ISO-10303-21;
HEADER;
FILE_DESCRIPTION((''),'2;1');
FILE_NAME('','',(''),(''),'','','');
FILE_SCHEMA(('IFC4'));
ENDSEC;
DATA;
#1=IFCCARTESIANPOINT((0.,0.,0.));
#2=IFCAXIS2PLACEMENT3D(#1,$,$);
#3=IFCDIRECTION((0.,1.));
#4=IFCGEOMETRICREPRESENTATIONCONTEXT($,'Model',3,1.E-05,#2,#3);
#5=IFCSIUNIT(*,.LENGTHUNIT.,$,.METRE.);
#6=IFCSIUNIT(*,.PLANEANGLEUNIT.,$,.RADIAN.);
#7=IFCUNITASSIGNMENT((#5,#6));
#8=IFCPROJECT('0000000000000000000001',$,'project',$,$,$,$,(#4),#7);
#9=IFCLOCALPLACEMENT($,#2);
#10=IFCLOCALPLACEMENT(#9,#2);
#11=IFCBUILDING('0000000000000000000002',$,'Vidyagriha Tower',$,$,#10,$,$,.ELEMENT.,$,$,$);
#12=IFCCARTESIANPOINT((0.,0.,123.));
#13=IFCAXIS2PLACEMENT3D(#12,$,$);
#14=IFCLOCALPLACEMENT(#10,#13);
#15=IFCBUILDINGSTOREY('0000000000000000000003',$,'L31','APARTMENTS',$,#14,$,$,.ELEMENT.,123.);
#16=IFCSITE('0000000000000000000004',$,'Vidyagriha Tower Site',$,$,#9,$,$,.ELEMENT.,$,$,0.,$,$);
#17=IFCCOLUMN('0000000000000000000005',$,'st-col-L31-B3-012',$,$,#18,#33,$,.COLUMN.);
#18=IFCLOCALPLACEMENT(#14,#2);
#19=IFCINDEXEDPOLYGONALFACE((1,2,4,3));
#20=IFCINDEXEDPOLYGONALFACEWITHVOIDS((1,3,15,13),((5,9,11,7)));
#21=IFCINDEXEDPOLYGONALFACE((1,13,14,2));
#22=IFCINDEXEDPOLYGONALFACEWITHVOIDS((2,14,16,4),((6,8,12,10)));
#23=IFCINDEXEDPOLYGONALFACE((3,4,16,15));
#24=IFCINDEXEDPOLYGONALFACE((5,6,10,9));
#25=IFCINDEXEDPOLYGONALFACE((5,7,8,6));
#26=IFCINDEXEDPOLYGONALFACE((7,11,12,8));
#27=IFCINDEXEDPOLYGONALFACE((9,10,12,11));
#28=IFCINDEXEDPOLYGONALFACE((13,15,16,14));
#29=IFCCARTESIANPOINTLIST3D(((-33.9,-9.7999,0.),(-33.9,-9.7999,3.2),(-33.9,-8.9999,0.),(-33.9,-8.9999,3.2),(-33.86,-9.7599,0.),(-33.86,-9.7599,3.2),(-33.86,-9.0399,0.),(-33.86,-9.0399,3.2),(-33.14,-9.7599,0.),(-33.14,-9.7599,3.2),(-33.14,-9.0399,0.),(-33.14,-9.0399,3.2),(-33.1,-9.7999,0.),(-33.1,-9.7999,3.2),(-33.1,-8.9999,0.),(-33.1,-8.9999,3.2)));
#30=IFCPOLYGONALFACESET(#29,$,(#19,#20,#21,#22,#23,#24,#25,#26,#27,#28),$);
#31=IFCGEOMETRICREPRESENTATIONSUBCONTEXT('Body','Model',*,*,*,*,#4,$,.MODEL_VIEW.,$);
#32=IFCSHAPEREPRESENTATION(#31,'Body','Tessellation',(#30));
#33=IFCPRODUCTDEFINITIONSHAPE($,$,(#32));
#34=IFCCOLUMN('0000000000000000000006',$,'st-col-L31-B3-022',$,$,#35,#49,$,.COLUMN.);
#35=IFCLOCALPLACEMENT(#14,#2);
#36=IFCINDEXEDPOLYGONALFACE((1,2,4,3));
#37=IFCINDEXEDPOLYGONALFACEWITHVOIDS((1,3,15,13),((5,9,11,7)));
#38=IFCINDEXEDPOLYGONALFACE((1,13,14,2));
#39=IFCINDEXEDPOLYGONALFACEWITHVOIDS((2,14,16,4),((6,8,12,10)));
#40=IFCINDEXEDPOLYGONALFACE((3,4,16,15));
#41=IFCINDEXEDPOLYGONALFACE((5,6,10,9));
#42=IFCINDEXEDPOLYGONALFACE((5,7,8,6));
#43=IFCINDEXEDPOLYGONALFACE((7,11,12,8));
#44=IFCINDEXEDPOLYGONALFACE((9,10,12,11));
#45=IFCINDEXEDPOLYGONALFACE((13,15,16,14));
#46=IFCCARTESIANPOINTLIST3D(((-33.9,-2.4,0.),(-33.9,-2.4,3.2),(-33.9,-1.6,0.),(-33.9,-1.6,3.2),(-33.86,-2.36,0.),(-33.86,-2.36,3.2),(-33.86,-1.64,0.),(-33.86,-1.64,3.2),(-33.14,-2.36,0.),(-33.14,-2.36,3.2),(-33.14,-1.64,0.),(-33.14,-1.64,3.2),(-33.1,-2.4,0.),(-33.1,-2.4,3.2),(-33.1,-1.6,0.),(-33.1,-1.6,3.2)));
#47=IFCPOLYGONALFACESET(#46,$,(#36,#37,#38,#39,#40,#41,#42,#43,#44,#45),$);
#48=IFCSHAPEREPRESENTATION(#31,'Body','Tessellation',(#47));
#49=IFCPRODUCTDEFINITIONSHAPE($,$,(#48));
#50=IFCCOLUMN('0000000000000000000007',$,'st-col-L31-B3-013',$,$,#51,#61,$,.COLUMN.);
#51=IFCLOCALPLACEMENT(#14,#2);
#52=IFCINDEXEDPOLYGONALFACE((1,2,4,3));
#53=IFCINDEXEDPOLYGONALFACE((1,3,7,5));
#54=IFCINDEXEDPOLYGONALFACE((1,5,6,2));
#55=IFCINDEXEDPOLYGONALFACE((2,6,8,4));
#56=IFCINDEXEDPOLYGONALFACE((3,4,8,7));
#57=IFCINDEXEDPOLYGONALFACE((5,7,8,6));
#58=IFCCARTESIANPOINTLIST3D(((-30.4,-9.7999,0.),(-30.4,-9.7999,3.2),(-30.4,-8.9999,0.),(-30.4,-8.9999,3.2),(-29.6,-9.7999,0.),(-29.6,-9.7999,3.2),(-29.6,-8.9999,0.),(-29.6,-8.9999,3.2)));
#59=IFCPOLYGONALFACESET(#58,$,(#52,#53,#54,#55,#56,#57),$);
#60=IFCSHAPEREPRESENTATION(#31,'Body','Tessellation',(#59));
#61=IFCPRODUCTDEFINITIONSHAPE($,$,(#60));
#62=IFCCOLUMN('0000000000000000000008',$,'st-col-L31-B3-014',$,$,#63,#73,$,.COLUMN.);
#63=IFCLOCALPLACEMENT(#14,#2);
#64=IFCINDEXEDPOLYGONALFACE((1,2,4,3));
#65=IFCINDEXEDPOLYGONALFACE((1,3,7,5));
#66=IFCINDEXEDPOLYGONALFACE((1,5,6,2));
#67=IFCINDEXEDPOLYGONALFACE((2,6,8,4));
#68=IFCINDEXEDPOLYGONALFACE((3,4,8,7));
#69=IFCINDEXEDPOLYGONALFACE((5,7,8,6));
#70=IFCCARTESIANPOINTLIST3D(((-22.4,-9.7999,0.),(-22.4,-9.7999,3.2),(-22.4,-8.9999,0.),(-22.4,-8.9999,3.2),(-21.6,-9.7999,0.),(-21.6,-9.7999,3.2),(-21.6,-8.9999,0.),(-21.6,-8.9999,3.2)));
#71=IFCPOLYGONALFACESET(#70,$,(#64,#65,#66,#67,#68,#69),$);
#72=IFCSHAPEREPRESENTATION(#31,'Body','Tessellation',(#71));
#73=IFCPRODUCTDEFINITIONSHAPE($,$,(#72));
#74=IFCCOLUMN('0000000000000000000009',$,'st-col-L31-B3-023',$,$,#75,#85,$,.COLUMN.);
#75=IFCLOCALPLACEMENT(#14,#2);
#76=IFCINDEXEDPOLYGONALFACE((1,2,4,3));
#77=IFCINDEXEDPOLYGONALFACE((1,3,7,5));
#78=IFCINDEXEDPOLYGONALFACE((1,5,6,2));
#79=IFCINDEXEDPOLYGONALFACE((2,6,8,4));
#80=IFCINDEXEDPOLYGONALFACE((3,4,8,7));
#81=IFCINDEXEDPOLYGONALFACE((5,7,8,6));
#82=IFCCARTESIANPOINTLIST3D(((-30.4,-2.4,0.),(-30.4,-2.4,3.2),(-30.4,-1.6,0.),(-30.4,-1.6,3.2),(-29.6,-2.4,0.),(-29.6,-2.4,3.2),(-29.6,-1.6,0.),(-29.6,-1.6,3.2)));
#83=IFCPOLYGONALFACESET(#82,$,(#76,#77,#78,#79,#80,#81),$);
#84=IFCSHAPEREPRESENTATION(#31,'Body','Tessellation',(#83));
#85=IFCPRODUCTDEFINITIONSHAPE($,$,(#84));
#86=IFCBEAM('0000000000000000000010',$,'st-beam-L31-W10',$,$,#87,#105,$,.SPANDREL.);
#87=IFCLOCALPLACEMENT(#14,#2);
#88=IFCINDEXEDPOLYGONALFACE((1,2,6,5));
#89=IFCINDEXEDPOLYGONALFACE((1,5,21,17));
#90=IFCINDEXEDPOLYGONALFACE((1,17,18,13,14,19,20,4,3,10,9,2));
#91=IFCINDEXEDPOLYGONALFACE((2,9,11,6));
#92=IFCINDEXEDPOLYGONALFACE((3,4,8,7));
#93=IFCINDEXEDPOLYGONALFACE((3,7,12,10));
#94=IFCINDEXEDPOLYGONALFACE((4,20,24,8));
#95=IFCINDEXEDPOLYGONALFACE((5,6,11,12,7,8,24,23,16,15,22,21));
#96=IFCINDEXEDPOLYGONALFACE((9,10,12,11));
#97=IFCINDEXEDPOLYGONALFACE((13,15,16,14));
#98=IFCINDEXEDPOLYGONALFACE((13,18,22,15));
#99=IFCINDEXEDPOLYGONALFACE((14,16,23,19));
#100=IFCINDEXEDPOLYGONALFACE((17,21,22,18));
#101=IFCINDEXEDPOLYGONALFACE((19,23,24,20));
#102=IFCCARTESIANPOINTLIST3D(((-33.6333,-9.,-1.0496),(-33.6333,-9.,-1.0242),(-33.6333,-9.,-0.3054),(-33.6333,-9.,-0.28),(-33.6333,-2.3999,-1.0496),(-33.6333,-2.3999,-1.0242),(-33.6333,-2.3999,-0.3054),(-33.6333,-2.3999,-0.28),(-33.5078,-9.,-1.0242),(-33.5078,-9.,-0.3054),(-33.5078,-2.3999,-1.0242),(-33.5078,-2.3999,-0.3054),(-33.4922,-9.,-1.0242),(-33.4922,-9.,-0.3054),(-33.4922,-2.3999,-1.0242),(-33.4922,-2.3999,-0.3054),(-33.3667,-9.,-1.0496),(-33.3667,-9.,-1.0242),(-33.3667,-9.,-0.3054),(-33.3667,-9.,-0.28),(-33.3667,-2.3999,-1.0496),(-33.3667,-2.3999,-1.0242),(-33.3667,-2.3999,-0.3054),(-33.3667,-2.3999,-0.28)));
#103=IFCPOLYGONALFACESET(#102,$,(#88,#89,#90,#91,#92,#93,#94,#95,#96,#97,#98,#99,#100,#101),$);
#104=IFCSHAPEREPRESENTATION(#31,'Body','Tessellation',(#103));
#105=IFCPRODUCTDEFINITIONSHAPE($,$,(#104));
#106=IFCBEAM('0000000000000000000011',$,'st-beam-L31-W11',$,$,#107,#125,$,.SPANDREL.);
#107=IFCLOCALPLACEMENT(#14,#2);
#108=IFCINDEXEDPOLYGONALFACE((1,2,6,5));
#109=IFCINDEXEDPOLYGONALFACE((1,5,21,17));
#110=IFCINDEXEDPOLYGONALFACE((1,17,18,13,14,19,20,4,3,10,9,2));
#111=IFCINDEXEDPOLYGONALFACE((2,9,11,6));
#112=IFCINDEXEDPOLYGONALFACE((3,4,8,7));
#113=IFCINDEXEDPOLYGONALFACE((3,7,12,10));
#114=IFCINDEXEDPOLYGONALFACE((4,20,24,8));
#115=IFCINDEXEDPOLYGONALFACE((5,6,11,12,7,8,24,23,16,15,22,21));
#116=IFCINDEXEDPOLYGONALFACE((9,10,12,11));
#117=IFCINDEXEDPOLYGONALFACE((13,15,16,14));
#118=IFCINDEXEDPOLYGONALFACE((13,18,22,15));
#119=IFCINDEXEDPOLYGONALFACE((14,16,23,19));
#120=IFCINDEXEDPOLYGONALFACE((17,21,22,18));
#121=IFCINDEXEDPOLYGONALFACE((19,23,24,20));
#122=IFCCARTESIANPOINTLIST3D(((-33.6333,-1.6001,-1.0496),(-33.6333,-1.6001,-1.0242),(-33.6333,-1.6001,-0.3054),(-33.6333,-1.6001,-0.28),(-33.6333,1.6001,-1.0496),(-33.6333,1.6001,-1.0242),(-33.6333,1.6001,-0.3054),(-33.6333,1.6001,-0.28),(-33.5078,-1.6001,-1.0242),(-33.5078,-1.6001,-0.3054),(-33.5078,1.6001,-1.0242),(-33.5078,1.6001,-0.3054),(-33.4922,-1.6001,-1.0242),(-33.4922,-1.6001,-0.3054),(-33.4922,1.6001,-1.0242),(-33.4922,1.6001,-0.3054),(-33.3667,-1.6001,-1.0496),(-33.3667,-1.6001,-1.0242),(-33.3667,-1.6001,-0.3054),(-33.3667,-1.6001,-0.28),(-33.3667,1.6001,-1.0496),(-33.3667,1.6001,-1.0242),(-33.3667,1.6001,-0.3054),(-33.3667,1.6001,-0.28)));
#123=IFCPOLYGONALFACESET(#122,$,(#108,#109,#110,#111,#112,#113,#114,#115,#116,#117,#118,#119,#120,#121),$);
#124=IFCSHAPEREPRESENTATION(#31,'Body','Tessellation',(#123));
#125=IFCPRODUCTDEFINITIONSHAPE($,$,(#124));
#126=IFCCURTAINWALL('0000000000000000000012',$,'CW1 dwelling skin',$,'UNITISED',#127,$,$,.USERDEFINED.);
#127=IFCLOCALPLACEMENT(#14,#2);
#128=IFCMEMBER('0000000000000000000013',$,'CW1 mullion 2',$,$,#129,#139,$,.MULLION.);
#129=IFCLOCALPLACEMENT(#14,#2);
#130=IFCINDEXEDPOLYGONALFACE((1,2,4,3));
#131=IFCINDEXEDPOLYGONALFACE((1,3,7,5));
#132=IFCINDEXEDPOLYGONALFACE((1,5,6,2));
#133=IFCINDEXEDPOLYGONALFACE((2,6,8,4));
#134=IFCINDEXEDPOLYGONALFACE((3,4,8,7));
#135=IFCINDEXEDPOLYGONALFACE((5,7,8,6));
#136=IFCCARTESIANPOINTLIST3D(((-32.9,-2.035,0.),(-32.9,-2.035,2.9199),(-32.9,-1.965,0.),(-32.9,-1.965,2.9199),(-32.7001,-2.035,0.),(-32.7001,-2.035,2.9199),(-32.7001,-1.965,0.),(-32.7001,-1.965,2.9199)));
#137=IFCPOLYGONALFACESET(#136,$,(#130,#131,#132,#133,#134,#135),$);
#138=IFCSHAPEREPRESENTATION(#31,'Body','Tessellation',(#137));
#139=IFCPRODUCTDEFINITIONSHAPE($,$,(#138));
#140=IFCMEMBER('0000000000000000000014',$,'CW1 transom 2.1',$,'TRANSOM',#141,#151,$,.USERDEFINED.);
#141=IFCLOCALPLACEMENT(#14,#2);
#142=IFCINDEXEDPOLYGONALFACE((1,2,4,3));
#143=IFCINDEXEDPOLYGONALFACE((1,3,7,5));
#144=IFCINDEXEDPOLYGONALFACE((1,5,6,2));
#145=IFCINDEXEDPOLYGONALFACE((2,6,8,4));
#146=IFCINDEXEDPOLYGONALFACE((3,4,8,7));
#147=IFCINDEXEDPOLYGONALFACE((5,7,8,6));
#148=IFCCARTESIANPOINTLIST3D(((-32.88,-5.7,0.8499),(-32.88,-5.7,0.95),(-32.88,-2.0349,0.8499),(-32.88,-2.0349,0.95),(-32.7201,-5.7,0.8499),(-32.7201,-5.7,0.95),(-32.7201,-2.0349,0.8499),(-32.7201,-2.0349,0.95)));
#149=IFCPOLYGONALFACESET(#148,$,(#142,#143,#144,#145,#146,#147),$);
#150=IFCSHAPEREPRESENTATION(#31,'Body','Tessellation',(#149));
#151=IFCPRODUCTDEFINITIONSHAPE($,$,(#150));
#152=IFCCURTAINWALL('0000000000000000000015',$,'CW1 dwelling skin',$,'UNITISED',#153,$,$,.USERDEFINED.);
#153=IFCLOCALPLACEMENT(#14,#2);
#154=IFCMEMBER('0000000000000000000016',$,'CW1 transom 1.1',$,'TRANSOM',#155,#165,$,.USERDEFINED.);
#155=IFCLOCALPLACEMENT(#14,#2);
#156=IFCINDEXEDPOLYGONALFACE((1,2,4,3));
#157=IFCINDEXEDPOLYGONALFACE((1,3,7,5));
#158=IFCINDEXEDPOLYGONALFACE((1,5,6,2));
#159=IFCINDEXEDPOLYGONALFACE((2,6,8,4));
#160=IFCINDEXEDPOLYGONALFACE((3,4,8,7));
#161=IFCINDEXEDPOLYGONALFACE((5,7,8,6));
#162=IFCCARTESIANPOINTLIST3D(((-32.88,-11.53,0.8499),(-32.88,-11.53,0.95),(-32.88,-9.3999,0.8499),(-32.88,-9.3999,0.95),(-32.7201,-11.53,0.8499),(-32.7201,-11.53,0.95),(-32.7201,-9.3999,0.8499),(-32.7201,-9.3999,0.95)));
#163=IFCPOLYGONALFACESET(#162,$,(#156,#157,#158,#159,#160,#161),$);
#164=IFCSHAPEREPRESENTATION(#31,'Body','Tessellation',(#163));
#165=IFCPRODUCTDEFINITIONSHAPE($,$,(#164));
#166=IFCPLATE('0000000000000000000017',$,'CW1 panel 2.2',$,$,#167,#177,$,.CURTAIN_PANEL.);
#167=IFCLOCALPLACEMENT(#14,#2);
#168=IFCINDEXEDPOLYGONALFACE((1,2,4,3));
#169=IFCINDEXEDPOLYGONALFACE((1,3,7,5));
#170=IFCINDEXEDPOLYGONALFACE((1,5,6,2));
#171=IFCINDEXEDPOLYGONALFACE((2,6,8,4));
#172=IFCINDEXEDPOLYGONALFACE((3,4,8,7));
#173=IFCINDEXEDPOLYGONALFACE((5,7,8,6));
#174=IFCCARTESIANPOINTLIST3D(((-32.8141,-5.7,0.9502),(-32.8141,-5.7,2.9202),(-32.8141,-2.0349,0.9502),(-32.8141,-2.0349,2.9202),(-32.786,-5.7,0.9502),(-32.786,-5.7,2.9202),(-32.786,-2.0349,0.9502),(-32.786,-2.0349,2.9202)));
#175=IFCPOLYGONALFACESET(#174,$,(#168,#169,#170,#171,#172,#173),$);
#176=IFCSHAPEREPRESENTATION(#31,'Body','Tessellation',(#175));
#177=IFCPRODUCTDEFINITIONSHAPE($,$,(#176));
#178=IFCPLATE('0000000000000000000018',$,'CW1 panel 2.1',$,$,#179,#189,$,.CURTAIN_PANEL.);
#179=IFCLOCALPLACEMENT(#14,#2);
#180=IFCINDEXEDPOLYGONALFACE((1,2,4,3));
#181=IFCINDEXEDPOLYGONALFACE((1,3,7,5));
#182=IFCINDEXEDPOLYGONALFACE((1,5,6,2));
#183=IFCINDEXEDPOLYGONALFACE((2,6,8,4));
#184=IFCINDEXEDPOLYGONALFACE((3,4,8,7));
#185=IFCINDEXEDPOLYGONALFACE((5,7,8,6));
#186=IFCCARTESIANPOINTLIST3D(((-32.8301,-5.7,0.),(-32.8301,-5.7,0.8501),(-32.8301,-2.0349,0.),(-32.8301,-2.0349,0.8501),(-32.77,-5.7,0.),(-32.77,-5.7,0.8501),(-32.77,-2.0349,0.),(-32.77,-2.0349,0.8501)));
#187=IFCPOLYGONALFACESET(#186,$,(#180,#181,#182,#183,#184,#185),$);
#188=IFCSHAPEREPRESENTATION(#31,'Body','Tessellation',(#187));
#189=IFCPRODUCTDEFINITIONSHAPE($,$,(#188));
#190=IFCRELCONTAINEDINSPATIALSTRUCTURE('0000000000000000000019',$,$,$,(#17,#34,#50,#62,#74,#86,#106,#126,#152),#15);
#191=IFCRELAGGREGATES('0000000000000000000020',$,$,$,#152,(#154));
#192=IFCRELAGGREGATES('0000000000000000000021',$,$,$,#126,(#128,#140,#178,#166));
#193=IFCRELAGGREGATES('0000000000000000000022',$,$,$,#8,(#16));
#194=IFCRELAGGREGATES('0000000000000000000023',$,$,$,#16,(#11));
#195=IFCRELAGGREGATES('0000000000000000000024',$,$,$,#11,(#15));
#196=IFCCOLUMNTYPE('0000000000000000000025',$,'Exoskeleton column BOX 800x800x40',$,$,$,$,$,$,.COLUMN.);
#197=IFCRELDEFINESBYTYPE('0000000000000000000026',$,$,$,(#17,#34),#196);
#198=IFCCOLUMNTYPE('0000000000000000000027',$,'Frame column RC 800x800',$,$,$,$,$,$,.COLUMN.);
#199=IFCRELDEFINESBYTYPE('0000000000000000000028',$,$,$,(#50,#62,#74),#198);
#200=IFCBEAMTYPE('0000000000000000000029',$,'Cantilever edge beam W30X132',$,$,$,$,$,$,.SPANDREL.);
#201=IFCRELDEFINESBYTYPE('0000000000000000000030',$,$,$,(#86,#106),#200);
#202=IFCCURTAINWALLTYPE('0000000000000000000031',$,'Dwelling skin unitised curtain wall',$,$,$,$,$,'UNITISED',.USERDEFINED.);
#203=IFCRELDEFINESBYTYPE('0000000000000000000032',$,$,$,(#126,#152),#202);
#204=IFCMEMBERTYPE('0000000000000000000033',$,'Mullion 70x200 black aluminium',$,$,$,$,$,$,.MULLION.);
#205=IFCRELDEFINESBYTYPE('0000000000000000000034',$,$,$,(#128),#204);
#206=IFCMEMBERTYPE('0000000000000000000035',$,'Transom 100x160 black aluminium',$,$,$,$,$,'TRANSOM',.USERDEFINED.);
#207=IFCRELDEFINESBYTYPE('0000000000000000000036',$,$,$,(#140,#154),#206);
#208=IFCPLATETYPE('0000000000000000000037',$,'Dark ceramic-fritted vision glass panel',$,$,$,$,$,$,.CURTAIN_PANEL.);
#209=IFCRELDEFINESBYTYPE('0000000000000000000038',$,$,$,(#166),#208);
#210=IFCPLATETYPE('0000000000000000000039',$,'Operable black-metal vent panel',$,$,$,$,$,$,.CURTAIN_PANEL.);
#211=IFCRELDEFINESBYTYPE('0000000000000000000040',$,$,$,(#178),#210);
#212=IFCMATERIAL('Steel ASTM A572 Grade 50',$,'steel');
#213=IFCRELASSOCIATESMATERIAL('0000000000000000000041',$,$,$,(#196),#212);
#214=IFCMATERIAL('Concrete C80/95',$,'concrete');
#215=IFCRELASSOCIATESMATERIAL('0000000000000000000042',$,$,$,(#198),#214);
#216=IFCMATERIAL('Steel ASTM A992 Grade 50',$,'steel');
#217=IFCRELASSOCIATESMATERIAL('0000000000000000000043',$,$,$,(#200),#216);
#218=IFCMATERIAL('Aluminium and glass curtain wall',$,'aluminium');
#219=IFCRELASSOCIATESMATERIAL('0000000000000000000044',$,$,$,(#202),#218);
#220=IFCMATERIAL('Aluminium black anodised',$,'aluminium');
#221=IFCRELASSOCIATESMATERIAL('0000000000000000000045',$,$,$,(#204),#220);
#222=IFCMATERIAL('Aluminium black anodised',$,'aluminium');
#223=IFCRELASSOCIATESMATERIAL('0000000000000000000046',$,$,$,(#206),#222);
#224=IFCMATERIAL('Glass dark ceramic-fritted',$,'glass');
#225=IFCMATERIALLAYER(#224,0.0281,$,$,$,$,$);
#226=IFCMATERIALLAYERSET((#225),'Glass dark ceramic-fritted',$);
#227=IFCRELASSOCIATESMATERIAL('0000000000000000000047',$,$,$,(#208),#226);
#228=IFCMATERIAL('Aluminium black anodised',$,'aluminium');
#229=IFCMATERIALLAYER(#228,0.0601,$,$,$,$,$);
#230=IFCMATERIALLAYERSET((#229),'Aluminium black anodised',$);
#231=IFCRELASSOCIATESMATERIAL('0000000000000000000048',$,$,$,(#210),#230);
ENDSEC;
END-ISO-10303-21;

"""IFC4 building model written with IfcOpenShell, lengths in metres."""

from ifc_helpers import new_model, si_unit, direction, frame, origin, origin_2d, place, context, subcontext, project, spatial, rectangle, hollow_rectangle, i_section, extrude, material, layer, layer_set, material_profile, profile_set, type_object, element, aggregate, save


model = new_model("IFC4")

# Units and contexts
model_context = context("Model", 3, precision=1e-05, world=origin(), true_north=direction((0.0, 1.0)))
body_context = subcontext(model_context, "Body", "Model", "MODEL_VIEW")
ifc_project = project(units=[si_unit("LENGTHUNIT", "METRE"), si_unit("PLANEANGLEUNIT", "RADIAN")], contexts=[model_context])

# Site, building, storey
site_placement = place(None, origin())
site = spatial("IfcSite", under=ifc_project, at=site_placement, Name="Vidyagriha Tower Site", CompositionType="ELEMENT", RefElevation=0.0)
building_placement = place(site_placement, origin())
building = spatial("IfcBuilding", under=site, at=building_placement, Name="Vidyagriha Tower", CompositionType="ELEMENT")
storey_placement = place(building_placement, frame((0.0, 0.0, 123.0)))
storey = spatial("IfcBuildingStorey", under=building, at=storey_placement, Name="L31", Description="APARTMENTS", CompositionType="ELEMENT", Elevation=123.0)

# Columns
ifc_material_1 = material(Name="Steel ASTM A572 Grade 50", Category="steel")
ifc_material_profile_1 = material_profile(ifc_material_1, hollow_rectangle(XDim=0.8, YDim=0.8, WallThickness=0.04, at=origin_2d()), Name="BOX 800x800x40")
ifc_profile_set_1 = profile_set([ifc_material_profile_1], Name="Steel ASTM A572 Grade 50")
column_type_1 = type_object("IfcColumnType", Name="Exoskeleton column BOX 800x800x40", PredefinedType="COLUMN", material=ifc_profile_set_1)
for number, where, name in (
    (1, (-33.5, -9.3999, 0.0), "st-col-L31-B3-012"),
    (2, (-33.5, -2.0, 0.0), "st-col-L31-B3-022"),
):
    element("IfcColumn", number, at=place(storey_placement, frame(where)), inside=storey, type_object=column_type_1, Name=name, PredefinedType="COLUMN", context=body_context, shape_type="SweptSolid", body=[
        extrude(hollow_rectangle(XDim=0.8, YDim=0.8, WallThickness=0.04, at=origin_2d()), origin(), (0.0, 0.0, 1.0), 3.2),
    ])
ifc_material_2 = material(Name="Concrete C80/95", Category="concrete")
ifc_material_profile_2 = material_profile(ifc_material_2, rectangle(XDim=0.8, YDim=0.8, at=origin_2d()), Name="RC 800x800")
ifc_profile_set_2 = profile_set([ifc_material_profile_2], Name="Concrete C80/95")
column_type_2 = type_object("IfcColumnType", Name="Frame column RC 800x800", PredefinedType="COLUMN", material=ifc_profile_set_2)
for number, where, name in (
    (3, (-30.0, -9.3999, 0.0), "st-col-L31-B3-013"),
    (4, (-22.0, -9.3999, 0.0), "st-col-L31-B3-014"),
    (5, (-30.0, -2.0, 0.0), "st-col-L31-B3-023"),
):
    element("IfcColumn", number, at=place(storey_placement, frame(where)), inside=storey, type_object=column_type_2, Name=name, PredefinedType="COLUMN", context=body_context, shape_type="SweptSolid", body=[
        extrude(rectangle(XDim=0.8, YDim=0.8, at=origin_2d()), origin(), (0.0, 0.0, 1.0), 3.2),
    ])

# Beams
ifc_material_3 = material(Name="Steel ASTM A992 Grade 50", Category="steel")
ifc_material_profile_3 = material_profile(ifc_material_3, i_section(OverallWidth=0.2666, OverallDepth=0.7695, WebThickness=0.0156, FlangeThickness=0.0254, at=origin_2d()), Name="W30X132")
ifc_profile_set_3 = profile_set([ifc_material_profile_3], Name="Steel ASTM A992 Grade 50")
beam_type = type_object("IfcBeamType", Name="Cantilever edge beam W30X132", PredefinedType="SPANDREL", material=ifc_profile_set_3)
beam_1_placement = place(storey_placement, frame((-33.5, -9.0, -0.6648), z_axis=(0.0, 1.0, 0.0), x_axis=(-1.0, 0.0, 0.0)))
element("IfcBeam", 6, at=beam_1_placement, inside=storey, type_object=beam_type, Name="st-beam-L31-W10", PredefinedType="SPANDREL", context=body_context, shape_type="SweptSolid", body=[
    extrude(i_section(OverallWidth=0.2666, OverallDepth=0.7695, WebThickness=0.0156, FlangeThickness=0.0254, at=origin_2d()), origin(), (0.0, 0.0, 1.0), 6.6001),
])
beam_2_placement = place(storey_placement, frame((-33.5, -1.6001, -0.6648), z_axis=(0.0, 1.0, 0.0), x_axis=(-1.0, 0.0, 0.0)))
element("IfcBeam", 7, at=beam_2_placement, inside=storey, type_object=beam_type, Name="st-beam-L31-W11", PredefinedType="SPANDREL", context=body_context, shape_type="SweptSolid", body=[
    extrude(i_section(OverallWidth=0.2666, OverallDepth=0.7695, WebThickness=0.0156, FlangeThickness=0.0254, at=origin_2d()), origin(), (0.0, 0.0, 1.0), 3.2002),
])

# Curtain wall, members
ifc_material_4 = material(Name="Aluminium and glass curtain wall", Category="aluminium")
curtain_wall_type = type_object("IfcCurtainWallType", Name="Dwelling skin unitised curtain wall", ElementType="UNITISED", PredefinedType="USERDEFINED", material=ifc_material_4)
curtain_wall_1_placement = place(storey_placement, origin())
curtain_wall_1 = element("IfcCurtainWall", 8, at=curtain_wall_1_placement, inside=storey, type_object=curtain_wall_type, Name="CW1 dwelling skin", ObjectType="UNITISED", PredefinedType="USERDEFINED")
ifc_material_5 = material(Name="Aluminium black anodised", Category="aluminium")
ifc_material_profile_4 = material_profile(ifc_material_5, rectangle(XDim=0.2, YDim=0.0701, at=origin_2d()), Name="Mullion 70x200 black aluminium")
ifc_profile_set_4 = profile_set([ifc_material_profile_4], Name="Aluminium black anodised")
member_type_1 = type_object("IfcMemberType", Name="Mullion 70x200 black aluminium", PredefinedType="MULLION", material=ifc_profile_set_4)
member_1_placement = place(storey_placement, frame((-32.8, -2.0, 0.0)))
member_1 = element("IfcMember", 9, at=member_1_placement, type_object=member_type_1, Name="CW1 mullion 2", PredefinedType="MULLION", context=body_context, shape_type="SweptSolid", body=[
    extrude(rectangle(XDim=0.2, YDim=0.0701, at=origin_2d()), origin(), (0.0, 0.0, 1.0), 2.9199),
])
ifc_material_6 = material(Name="Aluminium black anodised", Category="aluminium")
ifc_material_profile_5 = material_profile(ifc_material_6, rectangle(XDim=0.1599, YDim=0.1001, at=origin_2d()), Name="Transom 100x160 black aluminium")
ifc_profile_set_5 = profile_set([ifc_material_profile_5], Name="Aluminium black anodised")
member_type_2 = type_object("IfcMemberType", Name="Transom 100x160 black aluminium", ElementType="TRANSOM", PredefinedType="USERDEFINED", material=ifc_profile_set_5)
member_2_placement = place(storey_placement, frame((-32.8, -2.0349, 0.8999), z_axis=(0.0, -1.0, 0.0), x_axis=(1.0, 0.0, 0.0)))
member_2 = element("IfcMember", 10, at=member_2_placement, type_object=member_type_2, Name="CW1 transom 2.1", ObjectType="TRANSOM", PredefinedType="USERDEFINED", context=body_context, shape_type="SweptSolid", body=[
    extrude(rectangle(XDim=0.1599, YDim=0.1001, at=origin_2d()), origin(), (0.0, 0.0, 1.0), 3.665),
])

# Curtain wall, member
curtain_wall_2_placement = place(storey_placement, origin())
curtain_wall_2 = element("IfcCurtainWall", 11, at=curtain_wall_2_placement, inside=storey, type_object=curtain_wall_type, Name="CW1 dwelling skin", ObjectType="UNITISED", PredefinedType="USERDEFINED")
member_3_placement = place(storey_placement, frame((-32.8, -9.3999, 0.8999), z_axis=(0.0, -1.0, 0.0), x_axis=(1.0, 0.0, 0.0)))
member_3 = element("IfcMember", 12, at=member_3_placement, type_object=member_type_2, Name="CW1 transom 1.1", ObjectType="TRANSOM", PredefinedType="USERDEFINED", context=body_context, shape_type="SweptSolid", body=[
    extrude(rectangle(XDim=0.1599, YDim=0.1001, at=origin_2d()), origin(), (0.0, 0.0, 1.0), 2.1301),
])
aggregate(curtain_wall_2, [member_3])

# Plates
ifc_material_7 = material(Name="Glass dark ceramic-fritted", Category="glass")
ifc_layer_1 = layer(ifc_material_7, 0.0281)
ifc_layer_set_1 = layer_set([ifc_layer_1], Name="Glass dark ceramic-fritted")
plate_type_1 = type_object("IfcPlateType", Name="Dark ceramic-fritted vision glass panel", PredefinedType="CURTAIN_PANEL", material=ifc_layer_set_1)
plate_1_placement = place(storey_placement, frame((-32.8, -3.8674, 0.9502), z_axis=(0.0, 0.0, 1.0), x_axis=(0.0, -1.0, 0.0)))
plate_1 = element("IfcPlate", 13, at=plate_1_placement, type_object=plate_type_1, Name="CW1 panel 2.2", PredefinedType="CURTAIN_PANEL", context=body_context, shape_type="SweptSolid", body=[
    extrude(rectangle(XDim=3.665, YDim=0.0281, at=origin_2d()), origin(), (0.0, 0.0, 1.0), 1.97),
])
ifc_material_8 = material(Name="Aluminium black anodised", Category="aluminium")
ifc_layer_2 = layer(ifc_material_8, 0.0601)
ifc_layer_set_2 = layer_set([ifc_layer_2], Name="Aluminium black anodised")
plate_type_2 = type_object("IfcPlateType", Name="Operable black-metal vent panel", PredefinedType="CURTAIN_PANEL", material=ifc_layer_set_2)
plate_2_placement = place(storey_placement, frame((-32.8, -3.8674, 0.0), z_axis=(0.0, 0.0, 1.0), x_axis=(0.0, -1.0, 0.0)))
plate_2 = element("IfcPlate", 14, at=plate_2_placement, type_object=plate_type_2, Name="CW1 panel 2.1", PredefinedType="CURTAIN_PANEL", context=body_context, shape_type="SweptSolid", body=[
    extrude(rectangle(XDim=3.665, YDim=0.0601, at=origin_2d()), origin(), (0.0, 0.0, 1.0), 0.8501),
])
aggregate(curtain_wall_1, [member_1, member_2, plate_2, plate_1])

save(model, "model.ifc")
